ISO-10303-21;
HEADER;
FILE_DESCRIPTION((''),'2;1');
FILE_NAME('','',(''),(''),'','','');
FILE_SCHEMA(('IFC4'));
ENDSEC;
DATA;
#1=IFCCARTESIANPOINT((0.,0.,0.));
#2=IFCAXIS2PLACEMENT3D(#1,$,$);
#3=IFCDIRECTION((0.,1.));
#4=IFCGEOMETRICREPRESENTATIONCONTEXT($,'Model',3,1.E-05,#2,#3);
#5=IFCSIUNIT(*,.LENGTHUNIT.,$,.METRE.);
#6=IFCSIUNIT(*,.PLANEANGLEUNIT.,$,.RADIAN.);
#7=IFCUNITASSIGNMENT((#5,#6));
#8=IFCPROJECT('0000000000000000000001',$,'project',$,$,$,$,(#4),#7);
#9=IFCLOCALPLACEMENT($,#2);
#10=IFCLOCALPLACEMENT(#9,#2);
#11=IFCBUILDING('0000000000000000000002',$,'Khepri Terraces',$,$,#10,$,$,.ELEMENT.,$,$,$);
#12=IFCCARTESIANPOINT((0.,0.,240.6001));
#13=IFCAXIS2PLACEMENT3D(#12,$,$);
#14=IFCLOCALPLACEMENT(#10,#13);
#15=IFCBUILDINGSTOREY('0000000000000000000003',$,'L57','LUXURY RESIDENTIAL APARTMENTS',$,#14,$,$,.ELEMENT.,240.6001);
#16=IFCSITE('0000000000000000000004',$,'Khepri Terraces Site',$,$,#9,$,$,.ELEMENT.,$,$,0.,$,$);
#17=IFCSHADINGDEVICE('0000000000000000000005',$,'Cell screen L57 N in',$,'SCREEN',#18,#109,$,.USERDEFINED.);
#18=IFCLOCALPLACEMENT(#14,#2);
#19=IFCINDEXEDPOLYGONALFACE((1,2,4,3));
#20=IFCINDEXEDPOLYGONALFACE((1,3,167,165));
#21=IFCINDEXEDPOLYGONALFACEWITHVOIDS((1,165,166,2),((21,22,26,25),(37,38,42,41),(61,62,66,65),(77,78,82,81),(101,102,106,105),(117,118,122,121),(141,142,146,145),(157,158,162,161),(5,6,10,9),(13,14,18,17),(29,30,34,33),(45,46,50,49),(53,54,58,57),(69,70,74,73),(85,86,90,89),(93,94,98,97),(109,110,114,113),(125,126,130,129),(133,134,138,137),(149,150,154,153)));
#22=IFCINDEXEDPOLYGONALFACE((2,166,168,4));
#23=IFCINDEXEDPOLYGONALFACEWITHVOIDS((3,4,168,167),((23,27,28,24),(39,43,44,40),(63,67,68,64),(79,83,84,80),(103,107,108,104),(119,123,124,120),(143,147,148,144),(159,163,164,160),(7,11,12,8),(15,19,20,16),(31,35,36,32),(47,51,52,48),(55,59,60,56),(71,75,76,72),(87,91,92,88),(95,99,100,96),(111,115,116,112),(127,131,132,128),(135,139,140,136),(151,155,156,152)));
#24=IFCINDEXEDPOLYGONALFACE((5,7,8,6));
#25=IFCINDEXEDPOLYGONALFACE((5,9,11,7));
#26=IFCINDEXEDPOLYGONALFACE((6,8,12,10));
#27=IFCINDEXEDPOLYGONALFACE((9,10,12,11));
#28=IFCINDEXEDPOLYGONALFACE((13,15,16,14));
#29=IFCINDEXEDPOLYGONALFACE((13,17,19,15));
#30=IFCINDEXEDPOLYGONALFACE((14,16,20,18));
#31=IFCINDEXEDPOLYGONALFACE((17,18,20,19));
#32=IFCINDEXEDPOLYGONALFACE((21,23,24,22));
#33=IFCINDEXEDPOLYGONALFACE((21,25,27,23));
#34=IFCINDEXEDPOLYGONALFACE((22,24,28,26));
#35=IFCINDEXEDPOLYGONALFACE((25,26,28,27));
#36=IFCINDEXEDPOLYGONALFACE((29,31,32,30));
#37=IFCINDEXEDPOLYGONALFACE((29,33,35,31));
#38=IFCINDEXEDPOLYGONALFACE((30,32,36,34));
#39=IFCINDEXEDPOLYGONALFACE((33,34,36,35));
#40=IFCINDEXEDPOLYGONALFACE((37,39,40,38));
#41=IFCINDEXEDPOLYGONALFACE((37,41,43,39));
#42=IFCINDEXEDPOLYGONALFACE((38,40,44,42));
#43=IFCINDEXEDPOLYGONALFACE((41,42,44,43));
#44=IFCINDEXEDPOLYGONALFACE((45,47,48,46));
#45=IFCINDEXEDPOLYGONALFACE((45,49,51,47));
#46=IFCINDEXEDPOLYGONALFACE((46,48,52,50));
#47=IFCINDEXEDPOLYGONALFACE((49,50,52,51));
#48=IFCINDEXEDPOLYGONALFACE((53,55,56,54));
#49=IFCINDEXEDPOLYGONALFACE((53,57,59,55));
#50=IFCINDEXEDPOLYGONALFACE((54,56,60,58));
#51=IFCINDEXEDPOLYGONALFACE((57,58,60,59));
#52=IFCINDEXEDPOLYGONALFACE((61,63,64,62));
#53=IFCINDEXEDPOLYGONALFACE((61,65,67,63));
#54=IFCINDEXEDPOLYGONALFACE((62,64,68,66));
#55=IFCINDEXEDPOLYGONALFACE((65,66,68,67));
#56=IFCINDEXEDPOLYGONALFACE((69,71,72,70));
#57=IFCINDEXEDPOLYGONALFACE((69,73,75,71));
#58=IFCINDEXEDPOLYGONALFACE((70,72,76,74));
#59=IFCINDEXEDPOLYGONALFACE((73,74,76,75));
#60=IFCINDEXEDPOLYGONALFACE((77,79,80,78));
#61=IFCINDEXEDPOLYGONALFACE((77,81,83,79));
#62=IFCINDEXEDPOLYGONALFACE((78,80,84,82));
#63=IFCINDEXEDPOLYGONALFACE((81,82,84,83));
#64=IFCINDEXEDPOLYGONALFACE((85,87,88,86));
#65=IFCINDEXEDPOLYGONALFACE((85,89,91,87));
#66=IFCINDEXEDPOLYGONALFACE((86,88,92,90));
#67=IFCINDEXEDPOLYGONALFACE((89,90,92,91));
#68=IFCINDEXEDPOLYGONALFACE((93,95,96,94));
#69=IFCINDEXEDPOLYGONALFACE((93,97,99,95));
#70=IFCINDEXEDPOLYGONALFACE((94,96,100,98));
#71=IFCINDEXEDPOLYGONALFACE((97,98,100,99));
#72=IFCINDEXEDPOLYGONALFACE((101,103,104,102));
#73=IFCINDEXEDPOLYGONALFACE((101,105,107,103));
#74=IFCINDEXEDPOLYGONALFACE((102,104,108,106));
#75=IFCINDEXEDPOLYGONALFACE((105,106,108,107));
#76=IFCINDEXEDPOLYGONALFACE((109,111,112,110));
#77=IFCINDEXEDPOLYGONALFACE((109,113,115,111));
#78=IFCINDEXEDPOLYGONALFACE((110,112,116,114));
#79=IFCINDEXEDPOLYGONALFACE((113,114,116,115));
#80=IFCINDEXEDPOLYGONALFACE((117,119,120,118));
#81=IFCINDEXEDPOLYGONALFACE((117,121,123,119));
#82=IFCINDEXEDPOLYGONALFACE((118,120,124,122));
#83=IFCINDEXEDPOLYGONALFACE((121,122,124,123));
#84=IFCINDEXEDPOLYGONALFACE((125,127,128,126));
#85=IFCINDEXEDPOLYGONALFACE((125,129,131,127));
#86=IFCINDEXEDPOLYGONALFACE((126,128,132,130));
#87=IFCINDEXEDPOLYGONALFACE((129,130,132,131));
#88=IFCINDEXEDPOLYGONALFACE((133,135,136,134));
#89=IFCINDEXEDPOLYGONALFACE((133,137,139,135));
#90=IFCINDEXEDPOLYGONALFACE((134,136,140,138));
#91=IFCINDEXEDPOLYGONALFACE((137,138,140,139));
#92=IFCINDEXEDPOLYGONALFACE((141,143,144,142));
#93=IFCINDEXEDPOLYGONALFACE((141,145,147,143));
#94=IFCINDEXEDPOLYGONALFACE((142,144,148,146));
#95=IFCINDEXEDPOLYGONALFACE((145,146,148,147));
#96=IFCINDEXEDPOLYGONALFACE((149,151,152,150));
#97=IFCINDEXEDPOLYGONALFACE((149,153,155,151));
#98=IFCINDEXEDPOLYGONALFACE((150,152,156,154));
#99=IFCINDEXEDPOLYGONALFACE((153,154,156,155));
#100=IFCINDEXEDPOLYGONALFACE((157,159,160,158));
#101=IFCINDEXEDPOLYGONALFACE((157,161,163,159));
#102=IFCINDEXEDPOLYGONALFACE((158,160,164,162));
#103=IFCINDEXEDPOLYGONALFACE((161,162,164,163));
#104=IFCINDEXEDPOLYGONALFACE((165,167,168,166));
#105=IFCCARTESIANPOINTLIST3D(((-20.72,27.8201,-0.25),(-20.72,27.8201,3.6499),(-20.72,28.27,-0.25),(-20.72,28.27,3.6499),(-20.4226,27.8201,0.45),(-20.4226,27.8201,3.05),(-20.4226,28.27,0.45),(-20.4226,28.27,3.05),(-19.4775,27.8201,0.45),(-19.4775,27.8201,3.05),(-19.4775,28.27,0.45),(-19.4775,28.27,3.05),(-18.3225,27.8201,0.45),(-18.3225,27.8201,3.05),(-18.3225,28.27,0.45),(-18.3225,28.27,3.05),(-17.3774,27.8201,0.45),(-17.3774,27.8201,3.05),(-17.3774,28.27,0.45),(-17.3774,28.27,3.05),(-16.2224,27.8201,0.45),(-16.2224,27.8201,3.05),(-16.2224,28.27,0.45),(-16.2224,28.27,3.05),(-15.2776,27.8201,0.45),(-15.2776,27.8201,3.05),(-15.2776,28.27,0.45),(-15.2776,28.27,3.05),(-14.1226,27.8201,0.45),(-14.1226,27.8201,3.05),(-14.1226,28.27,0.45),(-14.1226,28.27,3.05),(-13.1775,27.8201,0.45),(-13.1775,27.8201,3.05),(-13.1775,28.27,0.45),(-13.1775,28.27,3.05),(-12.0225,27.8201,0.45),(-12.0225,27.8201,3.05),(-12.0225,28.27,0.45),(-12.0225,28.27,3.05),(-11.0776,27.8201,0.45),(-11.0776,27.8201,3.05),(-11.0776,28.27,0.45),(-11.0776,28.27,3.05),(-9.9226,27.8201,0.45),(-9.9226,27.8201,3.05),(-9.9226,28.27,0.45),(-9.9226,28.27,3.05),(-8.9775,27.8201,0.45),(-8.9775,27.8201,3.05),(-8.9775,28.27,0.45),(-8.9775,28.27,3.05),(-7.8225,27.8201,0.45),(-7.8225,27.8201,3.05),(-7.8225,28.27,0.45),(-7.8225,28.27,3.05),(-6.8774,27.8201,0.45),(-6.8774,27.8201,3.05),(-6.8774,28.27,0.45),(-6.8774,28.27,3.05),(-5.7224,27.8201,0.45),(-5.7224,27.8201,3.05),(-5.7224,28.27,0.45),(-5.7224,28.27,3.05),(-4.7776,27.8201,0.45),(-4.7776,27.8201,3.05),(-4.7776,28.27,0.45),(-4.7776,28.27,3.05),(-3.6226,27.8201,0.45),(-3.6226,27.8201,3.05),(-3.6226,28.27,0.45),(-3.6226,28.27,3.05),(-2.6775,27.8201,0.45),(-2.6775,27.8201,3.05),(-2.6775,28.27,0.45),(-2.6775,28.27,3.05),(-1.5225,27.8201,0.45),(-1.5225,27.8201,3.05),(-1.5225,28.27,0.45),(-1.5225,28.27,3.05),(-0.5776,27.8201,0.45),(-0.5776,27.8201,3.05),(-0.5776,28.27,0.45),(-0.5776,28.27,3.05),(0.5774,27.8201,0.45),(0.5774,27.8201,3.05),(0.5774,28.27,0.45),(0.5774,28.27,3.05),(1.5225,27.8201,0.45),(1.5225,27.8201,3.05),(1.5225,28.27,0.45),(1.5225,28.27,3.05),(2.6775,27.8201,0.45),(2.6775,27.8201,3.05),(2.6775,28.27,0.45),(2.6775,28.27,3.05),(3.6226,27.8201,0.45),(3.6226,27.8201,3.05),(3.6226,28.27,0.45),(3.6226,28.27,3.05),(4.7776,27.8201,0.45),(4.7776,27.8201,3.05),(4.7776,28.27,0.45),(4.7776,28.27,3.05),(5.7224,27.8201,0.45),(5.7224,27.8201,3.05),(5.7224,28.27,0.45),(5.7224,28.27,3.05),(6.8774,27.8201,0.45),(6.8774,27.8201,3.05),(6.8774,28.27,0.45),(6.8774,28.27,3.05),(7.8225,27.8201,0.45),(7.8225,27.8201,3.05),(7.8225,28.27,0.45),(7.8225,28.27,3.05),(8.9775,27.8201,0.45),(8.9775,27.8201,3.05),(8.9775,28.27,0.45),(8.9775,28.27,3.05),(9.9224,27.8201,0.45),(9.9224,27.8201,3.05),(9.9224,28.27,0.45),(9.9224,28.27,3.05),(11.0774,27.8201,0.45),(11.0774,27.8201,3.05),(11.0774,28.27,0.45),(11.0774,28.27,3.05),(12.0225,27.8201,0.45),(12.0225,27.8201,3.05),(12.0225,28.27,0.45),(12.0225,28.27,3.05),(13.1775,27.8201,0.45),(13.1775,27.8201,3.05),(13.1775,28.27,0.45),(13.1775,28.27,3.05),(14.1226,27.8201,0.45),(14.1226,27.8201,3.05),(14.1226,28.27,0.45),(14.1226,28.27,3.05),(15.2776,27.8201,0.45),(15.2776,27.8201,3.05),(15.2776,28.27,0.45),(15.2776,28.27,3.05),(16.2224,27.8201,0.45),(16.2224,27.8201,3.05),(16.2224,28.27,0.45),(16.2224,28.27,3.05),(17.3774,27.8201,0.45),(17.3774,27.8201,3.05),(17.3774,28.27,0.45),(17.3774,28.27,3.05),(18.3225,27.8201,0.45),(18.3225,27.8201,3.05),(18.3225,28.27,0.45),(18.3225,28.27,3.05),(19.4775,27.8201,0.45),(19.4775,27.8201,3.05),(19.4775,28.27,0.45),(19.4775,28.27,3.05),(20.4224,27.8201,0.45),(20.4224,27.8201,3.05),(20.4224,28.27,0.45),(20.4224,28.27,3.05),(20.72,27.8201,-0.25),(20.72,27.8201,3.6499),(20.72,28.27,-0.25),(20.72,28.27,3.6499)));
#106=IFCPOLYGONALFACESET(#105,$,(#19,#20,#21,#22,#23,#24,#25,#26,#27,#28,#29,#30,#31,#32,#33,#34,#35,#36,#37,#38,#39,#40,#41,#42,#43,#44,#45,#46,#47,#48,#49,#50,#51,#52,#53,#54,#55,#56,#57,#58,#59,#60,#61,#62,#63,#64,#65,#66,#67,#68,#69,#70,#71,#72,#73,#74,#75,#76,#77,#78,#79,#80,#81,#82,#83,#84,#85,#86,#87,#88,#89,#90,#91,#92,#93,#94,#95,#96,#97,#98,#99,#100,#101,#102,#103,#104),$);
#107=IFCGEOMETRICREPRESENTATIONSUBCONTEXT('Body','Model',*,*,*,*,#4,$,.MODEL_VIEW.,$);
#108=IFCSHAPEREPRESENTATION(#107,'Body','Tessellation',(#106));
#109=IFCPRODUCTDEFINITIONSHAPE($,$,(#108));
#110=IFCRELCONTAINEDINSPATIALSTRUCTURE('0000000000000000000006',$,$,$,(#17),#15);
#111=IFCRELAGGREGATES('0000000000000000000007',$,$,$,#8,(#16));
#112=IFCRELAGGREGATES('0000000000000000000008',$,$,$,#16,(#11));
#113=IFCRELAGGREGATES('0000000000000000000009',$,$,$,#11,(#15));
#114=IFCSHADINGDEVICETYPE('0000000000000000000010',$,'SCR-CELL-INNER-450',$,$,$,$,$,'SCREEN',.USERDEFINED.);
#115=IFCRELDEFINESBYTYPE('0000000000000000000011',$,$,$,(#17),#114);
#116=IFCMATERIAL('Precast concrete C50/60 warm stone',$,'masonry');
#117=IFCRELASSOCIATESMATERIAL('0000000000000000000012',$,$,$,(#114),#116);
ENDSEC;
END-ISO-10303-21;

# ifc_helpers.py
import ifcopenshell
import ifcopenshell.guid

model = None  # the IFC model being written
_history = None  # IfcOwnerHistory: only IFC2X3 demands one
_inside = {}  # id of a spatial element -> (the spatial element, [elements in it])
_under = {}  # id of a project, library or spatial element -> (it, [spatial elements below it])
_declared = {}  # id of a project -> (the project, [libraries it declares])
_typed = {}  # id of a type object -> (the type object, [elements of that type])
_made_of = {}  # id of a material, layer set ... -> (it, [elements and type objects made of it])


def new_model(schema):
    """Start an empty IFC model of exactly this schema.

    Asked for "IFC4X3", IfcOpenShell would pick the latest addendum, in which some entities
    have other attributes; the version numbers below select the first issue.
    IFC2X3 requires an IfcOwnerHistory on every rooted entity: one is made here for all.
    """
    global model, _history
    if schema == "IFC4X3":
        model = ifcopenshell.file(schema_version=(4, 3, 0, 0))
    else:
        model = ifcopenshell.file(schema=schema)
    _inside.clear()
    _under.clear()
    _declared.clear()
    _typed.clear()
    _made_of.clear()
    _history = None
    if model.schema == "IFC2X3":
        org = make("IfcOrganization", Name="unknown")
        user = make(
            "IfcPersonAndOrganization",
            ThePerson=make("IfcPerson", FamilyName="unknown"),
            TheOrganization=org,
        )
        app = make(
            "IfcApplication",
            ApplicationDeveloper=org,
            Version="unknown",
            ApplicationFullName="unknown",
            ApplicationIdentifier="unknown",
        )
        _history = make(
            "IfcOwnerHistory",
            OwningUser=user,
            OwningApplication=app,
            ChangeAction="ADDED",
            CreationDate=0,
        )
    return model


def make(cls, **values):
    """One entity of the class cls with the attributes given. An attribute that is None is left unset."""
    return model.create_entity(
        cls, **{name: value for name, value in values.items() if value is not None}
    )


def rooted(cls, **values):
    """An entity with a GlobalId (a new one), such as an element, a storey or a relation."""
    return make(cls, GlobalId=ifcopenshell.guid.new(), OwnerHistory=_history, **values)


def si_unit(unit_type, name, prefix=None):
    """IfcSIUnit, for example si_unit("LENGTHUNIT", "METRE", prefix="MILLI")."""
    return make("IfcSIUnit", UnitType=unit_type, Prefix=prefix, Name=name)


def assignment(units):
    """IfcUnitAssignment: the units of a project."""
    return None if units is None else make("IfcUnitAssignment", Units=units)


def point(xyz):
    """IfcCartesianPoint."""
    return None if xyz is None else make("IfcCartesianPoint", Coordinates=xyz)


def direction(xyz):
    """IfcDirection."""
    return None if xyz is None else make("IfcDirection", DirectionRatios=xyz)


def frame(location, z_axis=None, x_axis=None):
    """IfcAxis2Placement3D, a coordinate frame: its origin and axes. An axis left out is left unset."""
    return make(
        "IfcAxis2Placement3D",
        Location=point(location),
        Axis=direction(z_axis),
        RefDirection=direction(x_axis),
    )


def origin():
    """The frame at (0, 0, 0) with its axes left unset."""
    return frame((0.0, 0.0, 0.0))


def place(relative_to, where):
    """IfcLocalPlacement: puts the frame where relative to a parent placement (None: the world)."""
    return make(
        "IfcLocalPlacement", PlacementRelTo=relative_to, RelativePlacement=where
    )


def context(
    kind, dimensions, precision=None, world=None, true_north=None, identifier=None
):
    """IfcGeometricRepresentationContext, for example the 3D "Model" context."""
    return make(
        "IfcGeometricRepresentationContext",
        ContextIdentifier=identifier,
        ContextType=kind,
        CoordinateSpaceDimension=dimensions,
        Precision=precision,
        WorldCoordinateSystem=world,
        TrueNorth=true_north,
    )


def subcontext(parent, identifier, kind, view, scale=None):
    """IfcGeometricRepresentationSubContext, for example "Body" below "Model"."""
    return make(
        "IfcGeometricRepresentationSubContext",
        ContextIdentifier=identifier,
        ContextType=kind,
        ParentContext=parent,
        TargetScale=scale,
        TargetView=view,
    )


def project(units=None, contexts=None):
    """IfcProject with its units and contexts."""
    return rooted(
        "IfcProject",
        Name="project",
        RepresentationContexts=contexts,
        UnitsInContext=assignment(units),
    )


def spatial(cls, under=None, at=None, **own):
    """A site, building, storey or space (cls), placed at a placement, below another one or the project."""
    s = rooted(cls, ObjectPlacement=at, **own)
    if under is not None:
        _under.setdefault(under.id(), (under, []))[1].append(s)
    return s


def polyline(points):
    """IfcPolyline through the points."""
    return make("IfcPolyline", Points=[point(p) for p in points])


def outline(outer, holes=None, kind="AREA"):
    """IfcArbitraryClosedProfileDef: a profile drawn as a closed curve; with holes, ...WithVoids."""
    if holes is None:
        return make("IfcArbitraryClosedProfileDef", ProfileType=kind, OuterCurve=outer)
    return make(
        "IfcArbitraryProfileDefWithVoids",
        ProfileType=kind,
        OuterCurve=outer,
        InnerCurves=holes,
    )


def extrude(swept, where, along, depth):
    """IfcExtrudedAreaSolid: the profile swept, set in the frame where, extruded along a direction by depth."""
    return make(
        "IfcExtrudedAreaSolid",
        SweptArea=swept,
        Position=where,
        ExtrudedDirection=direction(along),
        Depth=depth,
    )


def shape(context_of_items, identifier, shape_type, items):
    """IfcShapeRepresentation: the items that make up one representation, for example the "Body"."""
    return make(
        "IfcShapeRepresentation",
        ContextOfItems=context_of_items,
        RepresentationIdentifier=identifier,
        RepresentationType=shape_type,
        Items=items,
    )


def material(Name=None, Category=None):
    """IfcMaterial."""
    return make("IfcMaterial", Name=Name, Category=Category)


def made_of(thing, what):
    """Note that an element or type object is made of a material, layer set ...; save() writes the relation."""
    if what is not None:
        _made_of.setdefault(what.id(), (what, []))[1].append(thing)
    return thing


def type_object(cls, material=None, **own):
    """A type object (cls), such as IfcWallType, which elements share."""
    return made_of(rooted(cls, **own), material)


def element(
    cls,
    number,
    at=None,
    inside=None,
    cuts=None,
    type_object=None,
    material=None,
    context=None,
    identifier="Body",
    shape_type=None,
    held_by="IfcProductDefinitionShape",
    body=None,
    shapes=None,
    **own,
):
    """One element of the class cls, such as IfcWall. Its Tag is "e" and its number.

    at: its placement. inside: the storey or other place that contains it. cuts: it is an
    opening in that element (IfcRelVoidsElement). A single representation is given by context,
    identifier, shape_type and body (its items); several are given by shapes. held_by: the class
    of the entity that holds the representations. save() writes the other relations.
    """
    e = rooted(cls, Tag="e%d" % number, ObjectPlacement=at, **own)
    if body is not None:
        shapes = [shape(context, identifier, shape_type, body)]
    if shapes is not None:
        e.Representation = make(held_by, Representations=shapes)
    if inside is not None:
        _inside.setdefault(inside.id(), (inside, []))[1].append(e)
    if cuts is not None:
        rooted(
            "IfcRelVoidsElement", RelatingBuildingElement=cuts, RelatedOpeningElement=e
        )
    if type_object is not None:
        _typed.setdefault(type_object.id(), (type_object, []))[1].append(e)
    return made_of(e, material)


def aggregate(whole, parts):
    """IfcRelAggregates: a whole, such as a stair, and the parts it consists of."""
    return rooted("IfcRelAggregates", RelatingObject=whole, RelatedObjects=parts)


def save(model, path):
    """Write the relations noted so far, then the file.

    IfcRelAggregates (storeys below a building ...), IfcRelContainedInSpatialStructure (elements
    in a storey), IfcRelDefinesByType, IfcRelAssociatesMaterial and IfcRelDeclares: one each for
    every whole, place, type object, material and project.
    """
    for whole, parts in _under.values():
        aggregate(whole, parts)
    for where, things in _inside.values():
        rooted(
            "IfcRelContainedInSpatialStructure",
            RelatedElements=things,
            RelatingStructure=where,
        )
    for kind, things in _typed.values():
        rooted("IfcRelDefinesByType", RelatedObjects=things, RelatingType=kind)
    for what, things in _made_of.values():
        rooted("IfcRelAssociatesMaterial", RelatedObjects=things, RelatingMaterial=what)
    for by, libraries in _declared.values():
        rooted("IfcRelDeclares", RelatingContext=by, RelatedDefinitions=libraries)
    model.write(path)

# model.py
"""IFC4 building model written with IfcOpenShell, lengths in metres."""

from ifc_helpers import new_model, si_unit, direction, frame, origin, place, context, subcontext, project, spatial, polyline, outline, extrude, material, type_object, element, save


model = new_model("IFC4")

# Units and contexts
model_context = context("Model", 3, precision=1e-05, world=origin(), true_north=direction((0.0, 1.0)))
body_context = subcontext(model_context, "Body", "Model", "MODEL_VIEW")
ifc_project = project(units=[si_unit("LENGTHUNIT", "METRE"), si_unit("PLANEANGLEUNIT", "RADIAN")], contexts=[model_context])

# Site, building, storey
site_placement = place(None, origin())
site = spatial("IfcSite", under=ifc_project, at=site_placement, Name="Khepri Terraces Site", CompositionType="ELEMENT", RefElevation=0.0)
building_placement = place(site_placement, origin())
building = spatial("IfcBuilding", under=site, at=building_placement, Name="Khepri Terraces", CompositionType="ELEMENT")
storey_placement = place(building_placement, frame((0.0, 0.0, 240.6001)))
storey = spatial("IfcBuildingStorey", under=building, at=storey_placement, Name="L57", Description="LUXURY RESIDENTIAL APARTMENTS", CompositionType="ELEMENT", Elevation=240.6001)

# Shared definitions
ifc_material_1 = material(Name="Precast concrete C50/60 warm stone", Category="masonry")

# Shading device
shading_device_type_1 = type_object("IfcShadingDeviceType", Name="SCR-CELL-INNER-450", ElementType="SCREEN", PredefinedType="USERDEFINED", material=ifc_material_1)
shading_device_1_placement = place(storey_placement, frame((20.72, 27.8201, -0.25), z_axis=(0.0, 1.0, 0.0), x_axis=(-1.0, 0.0, 0.0)))
element("IfcShadingDevice", 1, at=shading_device_1_placement, inside=storey, type_object=shading_device_type_1, Name="Cell screen L57 N in", ObjectType="SCREEN", PredefinedType="USERDEFINED", context=body_context, shape_type="SweptSolid", body=[
    extrude(outline(polyline([(0.0, 0.0), (41.4399, 0.0), (41.4399, 3.8999), (0.0, 3.8999), (0.0, 0.0)]), holes=[polyline([(0.2976, 0.7), (1.2424, 0.7), (1.2424, 3.3), (0.2976, 3.3), (0.2976, 0.7)]), polyline([(2.3975, 0.7), (3.3425, 0.7), (3.3425, 3.3), (2.3975, 3.3), (2.3975, 0.7)]), polyline([(4.4976, 0.7), (5.4424, 0.7), (5.4424, 3.3), (4.4976, 3.3), (4.4976, 0.7)]), polyline([(6.5974, 0.7), (7.5425, 0.7), (7.5425, 3.3), (6.5974, 3.3), (6.5974, 0.7)]), polyline([(8.6975, 0.7), (9.6426, 0.7), (9.6426, 3.3), (8.6975, 3.3), (8.6975, 0.7)]), polyline([(10.7976, 0.7), (11.7424, 0.7), (11.7424, 3.3), (10.7976, 3.3), (10.7976, 0.7)]), polyline([(12.8975, 0.7), (13.8425, 0.7), (13.8425, 3.3), (12.8975, 3.3), (12.8975, 0.7)]), polyline([(14.9976, 0.7), (15.9424, 0.7), (15.9424, 3.3), (14.9976, 3.3), (14.9976, 0.7)]), polyline([(17.0974, 0.7), (18.0425, 0.7), (18.0425, 3.3), (17.0974, 3.3), (17.0974, 0.7)]), polyline([(19.1975, 0.7), (20.1426, 0.7), (20.1426, 3.3), (19.1975, 3.3), (19.1975, 0.7)]), polyline([(21.2976, 0.7), (22.2424, 0.7), (22.2424, 3.3), (21.2976, 3.3), (21.2976, 0.7)]), polyline([(23.3975, 0.7), (24.3425, 0.7), (24.3425, 3.3), (23.3975, 3.3), (23.3975, 0.7)]), polyline([(25.4976, 0.7), (26.4424, 0.7), (26.4424, 3.3), (25.4976, 3.3), (25.4976, 0.7)]), polyline([(27.5974, 0.7), (28.5425, 0.7), (28.5425, 3.3), (27.5974, 3.3), (27.5974, 0.7)]), polyline([(29.6975, 0.7), (30.6426, 0.7), (30.6426, 3.3), (29.6975, 3.3), (29.6975, 0.7)]), polyline([(31.7976, 0.7), (32.7424, 0.7), (32.7424, 3.3), (31.7976, 3.3), (31.7976, 0.7)]), polyline([(33.8975, 0.7), (34.8425, 0.7), (34.8425, 3.3), (33.8975, 3.3), (33.8975, 0.7)]), polyline([(35.9976, 0.7), (36.9424, 0.7), (36.9424, 3.3), (35.9976, 3.3), (35.9976, 0.7)]), polyline([(38.0974, 0.7), (39.0425, 0.7), (39.0425, 3.3), (38.0974, 3.3), (38.0974, 0.7)]), polyline([(40.1975, 0.7), (41.1426, 0.7), (41.1426, 3.3), (40.1975, 3.3), (40.1975, 0.7)])]), origin(), (0.0, 0.0, 1.0), 0.45),
])

save(model, "model.ifc")
